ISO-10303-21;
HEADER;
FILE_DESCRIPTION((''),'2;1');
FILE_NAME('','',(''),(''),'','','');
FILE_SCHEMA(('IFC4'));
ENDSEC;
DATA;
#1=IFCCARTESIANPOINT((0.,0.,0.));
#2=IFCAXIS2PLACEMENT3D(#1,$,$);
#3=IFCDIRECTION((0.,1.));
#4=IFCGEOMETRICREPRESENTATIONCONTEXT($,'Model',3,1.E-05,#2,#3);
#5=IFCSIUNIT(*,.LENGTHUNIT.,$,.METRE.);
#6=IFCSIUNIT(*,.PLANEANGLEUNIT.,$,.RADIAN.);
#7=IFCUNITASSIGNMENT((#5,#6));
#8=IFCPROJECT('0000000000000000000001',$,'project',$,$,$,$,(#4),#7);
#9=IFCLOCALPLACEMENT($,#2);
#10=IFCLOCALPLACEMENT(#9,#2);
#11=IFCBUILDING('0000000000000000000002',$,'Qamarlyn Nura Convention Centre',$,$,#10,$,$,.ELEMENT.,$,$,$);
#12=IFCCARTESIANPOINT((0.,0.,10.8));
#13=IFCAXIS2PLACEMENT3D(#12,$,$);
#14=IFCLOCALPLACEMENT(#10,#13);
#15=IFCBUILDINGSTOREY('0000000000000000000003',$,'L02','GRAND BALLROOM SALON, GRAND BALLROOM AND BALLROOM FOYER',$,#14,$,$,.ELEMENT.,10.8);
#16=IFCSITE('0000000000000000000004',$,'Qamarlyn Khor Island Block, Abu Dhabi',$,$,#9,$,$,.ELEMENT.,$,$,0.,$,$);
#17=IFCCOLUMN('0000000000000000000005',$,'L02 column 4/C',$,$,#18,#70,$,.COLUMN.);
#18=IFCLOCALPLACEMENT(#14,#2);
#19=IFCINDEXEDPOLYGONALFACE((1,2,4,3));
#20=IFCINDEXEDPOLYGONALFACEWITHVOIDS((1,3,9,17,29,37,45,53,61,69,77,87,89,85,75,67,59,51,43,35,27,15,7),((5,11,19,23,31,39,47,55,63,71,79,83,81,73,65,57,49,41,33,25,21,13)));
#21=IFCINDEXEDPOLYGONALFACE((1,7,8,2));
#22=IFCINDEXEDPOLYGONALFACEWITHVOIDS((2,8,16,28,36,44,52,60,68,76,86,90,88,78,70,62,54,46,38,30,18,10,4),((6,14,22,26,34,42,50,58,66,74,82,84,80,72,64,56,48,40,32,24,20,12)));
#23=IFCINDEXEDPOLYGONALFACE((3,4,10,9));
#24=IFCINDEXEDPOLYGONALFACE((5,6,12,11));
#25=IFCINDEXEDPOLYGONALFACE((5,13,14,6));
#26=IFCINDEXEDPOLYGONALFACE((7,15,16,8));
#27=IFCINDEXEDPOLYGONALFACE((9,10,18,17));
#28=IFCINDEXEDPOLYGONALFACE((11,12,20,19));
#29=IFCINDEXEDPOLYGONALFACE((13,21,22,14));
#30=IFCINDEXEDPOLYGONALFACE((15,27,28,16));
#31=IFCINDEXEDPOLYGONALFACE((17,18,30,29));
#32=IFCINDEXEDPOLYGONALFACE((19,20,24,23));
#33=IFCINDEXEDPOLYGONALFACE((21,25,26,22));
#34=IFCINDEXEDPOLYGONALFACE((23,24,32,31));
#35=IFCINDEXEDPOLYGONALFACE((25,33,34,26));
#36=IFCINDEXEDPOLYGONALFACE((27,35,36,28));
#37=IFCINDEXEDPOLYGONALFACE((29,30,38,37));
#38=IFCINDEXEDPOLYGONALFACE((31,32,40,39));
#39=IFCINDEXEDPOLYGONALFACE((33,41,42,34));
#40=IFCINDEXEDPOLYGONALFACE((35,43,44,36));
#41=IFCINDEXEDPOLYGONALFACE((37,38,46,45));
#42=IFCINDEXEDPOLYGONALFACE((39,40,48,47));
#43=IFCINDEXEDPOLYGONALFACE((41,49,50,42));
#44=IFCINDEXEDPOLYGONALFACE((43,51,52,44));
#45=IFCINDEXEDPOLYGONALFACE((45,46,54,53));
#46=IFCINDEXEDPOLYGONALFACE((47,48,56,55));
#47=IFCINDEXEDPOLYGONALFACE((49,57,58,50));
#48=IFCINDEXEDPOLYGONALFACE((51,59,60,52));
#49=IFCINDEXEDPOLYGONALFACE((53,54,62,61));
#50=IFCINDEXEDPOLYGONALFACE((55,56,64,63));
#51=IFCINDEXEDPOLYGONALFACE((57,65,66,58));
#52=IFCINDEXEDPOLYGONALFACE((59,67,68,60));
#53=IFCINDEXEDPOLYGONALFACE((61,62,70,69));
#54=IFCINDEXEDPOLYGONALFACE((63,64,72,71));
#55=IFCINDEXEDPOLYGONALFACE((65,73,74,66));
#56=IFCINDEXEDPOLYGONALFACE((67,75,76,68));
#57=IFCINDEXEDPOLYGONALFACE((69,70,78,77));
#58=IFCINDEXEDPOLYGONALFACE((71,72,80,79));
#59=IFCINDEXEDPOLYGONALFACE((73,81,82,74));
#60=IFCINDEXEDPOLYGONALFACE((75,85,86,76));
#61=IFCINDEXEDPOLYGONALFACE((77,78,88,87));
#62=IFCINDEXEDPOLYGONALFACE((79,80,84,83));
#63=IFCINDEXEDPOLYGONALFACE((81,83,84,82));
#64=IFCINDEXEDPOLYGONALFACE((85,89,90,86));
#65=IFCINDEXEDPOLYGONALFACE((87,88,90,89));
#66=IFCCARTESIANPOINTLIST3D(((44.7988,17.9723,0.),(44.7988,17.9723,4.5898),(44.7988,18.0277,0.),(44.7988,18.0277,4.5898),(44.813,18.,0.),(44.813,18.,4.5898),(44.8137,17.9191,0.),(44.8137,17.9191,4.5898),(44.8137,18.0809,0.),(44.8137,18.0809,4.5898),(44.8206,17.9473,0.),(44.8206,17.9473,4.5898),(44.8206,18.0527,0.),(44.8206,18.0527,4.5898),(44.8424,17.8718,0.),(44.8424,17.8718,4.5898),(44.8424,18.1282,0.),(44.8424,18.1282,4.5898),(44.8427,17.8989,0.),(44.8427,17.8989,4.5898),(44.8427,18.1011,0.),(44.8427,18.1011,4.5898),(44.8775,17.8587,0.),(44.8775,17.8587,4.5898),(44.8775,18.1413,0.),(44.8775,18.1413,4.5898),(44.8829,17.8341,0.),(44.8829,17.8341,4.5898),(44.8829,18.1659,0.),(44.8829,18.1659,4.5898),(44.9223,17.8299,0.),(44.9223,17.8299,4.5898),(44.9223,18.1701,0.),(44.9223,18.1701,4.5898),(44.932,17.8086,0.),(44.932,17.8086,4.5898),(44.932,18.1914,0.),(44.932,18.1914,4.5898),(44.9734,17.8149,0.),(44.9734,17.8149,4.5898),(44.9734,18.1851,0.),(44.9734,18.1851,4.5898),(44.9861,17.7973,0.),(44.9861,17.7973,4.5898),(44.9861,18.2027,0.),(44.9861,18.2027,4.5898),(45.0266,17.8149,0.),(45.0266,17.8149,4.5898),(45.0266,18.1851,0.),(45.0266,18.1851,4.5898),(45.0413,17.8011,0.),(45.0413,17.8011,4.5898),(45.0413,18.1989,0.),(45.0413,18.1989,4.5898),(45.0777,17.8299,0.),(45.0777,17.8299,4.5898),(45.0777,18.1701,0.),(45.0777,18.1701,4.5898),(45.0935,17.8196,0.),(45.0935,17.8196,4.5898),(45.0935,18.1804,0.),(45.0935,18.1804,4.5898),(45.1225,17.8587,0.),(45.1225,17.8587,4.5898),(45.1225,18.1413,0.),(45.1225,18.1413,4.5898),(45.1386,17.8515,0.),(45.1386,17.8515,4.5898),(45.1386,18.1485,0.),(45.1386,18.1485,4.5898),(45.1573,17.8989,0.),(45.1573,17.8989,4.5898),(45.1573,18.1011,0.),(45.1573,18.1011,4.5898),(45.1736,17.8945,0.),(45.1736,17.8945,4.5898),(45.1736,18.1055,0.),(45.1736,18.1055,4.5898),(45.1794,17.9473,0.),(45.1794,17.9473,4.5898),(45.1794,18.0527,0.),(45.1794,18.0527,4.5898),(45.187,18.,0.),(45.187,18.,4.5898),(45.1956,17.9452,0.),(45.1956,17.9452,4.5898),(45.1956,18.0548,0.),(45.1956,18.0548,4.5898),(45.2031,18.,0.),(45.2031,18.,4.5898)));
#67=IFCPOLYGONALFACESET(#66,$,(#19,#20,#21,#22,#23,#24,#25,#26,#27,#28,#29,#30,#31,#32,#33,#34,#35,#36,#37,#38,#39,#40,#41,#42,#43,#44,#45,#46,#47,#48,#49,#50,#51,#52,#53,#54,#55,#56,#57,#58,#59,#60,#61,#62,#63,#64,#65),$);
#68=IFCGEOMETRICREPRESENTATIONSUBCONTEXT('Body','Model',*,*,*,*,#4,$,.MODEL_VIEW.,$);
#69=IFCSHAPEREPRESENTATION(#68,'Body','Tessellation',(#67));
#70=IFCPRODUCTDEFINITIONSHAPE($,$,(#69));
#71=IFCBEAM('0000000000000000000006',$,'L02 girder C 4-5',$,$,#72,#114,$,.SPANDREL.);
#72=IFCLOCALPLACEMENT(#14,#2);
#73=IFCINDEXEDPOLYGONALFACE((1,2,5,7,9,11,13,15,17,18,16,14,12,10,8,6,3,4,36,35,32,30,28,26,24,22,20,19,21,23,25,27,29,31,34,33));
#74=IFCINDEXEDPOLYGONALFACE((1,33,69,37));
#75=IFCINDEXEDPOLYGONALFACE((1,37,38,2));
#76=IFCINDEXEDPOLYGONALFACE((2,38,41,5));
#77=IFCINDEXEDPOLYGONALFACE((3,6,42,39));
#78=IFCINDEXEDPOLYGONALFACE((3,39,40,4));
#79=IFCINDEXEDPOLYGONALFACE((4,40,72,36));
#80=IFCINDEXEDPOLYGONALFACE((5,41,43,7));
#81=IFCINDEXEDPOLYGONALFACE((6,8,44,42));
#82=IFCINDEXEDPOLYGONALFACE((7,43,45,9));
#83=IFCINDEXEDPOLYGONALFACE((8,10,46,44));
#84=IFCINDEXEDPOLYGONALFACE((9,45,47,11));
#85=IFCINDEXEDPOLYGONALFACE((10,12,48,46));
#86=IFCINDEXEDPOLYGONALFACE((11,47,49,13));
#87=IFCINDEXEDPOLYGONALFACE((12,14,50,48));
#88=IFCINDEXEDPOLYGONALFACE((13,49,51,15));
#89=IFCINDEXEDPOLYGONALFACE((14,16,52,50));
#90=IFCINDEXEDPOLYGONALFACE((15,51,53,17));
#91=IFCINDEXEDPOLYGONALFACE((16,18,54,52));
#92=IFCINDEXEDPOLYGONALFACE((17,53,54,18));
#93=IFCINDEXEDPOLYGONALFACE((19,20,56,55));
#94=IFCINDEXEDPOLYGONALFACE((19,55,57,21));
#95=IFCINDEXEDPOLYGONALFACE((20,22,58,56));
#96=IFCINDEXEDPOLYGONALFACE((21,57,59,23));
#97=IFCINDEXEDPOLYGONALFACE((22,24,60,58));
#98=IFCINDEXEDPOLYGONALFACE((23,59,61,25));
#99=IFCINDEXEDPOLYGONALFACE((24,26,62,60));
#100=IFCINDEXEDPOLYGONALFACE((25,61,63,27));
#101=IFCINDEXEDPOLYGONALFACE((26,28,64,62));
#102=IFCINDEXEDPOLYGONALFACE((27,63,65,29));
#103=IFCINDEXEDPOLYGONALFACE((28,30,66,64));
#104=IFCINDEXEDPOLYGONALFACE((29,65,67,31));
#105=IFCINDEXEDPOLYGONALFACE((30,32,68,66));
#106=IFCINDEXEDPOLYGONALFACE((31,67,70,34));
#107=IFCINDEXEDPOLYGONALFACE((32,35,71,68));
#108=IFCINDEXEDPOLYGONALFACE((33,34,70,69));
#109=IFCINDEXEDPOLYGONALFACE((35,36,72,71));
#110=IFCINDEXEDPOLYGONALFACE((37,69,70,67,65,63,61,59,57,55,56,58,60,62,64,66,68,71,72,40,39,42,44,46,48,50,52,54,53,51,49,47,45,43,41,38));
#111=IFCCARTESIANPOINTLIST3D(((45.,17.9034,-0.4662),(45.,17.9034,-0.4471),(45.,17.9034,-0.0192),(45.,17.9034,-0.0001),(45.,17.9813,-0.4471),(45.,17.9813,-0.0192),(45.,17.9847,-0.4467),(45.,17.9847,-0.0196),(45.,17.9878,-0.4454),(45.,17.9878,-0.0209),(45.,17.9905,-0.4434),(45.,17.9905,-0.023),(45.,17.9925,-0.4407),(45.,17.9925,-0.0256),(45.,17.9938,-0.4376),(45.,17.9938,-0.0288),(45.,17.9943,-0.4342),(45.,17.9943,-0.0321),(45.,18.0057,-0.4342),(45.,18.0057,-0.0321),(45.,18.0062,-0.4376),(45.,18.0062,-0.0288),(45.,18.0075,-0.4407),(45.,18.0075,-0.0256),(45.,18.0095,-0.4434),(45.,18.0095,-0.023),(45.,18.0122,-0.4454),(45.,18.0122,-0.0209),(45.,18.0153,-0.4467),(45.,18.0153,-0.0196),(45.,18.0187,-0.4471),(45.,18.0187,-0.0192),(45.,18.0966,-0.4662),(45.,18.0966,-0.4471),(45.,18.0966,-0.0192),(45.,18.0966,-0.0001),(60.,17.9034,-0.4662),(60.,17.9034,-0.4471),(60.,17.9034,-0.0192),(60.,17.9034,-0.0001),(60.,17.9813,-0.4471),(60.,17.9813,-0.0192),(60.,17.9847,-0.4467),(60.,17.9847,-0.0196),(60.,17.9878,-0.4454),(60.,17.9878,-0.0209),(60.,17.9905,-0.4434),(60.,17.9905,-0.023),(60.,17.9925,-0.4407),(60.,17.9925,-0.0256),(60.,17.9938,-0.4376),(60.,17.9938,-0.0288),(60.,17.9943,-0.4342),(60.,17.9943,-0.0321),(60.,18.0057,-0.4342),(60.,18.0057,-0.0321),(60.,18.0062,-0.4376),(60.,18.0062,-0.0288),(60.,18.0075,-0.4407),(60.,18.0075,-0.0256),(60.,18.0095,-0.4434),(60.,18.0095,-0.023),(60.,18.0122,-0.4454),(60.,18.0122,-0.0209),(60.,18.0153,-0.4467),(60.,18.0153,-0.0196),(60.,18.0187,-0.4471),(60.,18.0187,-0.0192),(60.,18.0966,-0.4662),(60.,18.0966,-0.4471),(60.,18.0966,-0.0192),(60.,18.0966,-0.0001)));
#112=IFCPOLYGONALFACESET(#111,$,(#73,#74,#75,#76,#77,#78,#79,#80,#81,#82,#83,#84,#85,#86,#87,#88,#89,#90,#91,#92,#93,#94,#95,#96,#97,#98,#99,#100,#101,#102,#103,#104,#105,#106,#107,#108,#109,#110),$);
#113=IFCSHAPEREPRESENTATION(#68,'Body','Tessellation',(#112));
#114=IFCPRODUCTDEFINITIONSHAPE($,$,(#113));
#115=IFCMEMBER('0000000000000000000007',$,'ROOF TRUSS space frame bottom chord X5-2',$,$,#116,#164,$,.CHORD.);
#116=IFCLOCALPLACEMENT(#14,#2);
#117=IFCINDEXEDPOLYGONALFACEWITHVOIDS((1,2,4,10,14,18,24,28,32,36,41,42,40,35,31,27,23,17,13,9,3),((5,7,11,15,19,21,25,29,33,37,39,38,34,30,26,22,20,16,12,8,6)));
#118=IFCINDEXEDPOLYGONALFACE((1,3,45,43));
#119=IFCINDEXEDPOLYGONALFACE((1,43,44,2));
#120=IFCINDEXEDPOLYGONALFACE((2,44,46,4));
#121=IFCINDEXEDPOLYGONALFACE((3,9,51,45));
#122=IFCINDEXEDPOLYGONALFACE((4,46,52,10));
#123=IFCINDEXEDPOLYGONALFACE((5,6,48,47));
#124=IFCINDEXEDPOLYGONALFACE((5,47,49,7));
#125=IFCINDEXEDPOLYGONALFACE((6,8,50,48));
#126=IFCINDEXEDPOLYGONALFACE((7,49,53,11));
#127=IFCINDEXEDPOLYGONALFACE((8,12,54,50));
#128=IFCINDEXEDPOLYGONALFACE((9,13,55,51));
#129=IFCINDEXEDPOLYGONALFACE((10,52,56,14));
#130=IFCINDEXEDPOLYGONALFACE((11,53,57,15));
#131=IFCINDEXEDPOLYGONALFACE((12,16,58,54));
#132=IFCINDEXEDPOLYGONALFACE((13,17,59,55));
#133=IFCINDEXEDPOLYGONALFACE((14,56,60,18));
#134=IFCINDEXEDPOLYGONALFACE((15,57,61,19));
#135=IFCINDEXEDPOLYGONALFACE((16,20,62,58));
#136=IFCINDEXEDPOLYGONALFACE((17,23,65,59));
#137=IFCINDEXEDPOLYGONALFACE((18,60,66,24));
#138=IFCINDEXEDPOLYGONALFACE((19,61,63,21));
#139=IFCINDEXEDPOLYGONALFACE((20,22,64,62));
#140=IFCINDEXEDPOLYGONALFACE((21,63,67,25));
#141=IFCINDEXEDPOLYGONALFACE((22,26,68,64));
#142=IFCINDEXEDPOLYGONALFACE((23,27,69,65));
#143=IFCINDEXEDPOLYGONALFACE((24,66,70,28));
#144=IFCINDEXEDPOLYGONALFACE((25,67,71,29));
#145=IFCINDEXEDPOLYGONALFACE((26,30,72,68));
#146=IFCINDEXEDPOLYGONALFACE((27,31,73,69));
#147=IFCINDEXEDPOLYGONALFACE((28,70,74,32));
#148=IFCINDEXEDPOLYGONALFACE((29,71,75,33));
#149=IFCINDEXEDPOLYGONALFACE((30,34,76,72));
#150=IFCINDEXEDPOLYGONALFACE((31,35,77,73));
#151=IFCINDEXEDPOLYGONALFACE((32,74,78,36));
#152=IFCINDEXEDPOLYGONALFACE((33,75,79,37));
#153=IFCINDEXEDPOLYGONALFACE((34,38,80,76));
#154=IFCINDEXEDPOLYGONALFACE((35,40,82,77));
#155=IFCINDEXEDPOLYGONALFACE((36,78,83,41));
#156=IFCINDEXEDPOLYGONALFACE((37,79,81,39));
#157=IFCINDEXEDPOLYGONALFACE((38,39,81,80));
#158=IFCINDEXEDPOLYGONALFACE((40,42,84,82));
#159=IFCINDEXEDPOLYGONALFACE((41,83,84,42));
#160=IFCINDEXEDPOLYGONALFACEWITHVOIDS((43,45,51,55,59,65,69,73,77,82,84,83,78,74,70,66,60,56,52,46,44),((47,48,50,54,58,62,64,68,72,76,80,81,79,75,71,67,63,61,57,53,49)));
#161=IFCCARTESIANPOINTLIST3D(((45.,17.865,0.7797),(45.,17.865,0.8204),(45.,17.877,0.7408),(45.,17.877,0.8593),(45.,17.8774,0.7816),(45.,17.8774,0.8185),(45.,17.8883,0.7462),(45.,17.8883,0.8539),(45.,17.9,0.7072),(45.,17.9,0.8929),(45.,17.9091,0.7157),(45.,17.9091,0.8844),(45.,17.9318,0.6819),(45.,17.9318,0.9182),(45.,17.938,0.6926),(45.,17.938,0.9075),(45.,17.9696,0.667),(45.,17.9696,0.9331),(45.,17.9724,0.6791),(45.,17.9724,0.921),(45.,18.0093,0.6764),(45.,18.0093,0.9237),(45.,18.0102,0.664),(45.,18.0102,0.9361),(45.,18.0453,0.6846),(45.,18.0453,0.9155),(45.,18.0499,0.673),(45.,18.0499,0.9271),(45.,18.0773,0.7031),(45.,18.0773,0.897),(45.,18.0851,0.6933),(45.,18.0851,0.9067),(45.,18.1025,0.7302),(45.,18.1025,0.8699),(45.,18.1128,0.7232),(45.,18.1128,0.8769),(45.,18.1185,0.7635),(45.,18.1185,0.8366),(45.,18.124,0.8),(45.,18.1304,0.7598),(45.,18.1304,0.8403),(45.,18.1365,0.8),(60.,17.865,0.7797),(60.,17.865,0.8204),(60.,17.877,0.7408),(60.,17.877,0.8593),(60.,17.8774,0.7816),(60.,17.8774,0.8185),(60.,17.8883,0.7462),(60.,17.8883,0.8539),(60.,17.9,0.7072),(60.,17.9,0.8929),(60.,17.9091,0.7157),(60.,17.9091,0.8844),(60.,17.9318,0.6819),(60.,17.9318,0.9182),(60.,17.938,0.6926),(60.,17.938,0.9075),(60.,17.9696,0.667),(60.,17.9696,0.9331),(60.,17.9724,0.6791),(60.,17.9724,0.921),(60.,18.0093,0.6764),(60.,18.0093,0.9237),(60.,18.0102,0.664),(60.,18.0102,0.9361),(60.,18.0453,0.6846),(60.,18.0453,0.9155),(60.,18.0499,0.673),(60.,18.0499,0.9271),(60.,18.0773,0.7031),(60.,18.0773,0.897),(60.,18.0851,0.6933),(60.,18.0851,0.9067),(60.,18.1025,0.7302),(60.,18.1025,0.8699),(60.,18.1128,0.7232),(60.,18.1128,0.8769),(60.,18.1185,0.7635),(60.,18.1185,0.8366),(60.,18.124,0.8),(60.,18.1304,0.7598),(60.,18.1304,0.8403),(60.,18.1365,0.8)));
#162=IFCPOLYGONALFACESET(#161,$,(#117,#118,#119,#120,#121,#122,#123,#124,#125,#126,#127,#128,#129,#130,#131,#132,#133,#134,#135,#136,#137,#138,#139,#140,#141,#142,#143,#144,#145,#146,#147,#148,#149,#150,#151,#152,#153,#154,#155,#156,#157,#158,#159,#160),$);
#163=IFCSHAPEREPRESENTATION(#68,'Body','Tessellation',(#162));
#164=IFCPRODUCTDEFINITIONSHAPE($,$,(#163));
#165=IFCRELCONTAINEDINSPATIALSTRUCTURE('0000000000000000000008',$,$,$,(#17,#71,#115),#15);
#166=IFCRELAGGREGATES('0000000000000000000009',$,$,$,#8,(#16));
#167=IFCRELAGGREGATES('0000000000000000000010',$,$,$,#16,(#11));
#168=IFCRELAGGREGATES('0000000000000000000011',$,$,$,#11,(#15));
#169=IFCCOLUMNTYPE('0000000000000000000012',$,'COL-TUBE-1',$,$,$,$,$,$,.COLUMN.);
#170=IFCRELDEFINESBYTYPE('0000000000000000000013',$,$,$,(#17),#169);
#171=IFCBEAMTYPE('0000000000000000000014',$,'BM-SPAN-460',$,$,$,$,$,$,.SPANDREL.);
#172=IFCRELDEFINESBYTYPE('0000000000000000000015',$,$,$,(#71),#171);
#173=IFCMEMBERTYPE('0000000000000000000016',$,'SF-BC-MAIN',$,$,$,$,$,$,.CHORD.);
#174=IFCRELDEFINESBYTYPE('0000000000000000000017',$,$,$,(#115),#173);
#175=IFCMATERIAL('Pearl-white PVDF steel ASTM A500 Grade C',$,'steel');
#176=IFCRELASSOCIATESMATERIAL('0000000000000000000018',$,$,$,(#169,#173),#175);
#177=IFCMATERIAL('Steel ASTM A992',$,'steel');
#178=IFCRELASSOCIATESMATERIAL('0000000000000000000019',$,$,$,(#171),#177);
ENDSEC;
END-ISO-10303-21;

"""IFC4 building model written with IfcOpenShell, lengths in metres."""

from ifc_helpers import new_model, si_unit, direction, frame, origin, origin_2d, place, context, subcontext, project, spatial, hollow_circle, i_section, extrude, material, material_profile, profile_set, type_object, element, save


model = new_model("IFC4")

# Units and contexts
model_context = context("Model", 3, precision=1e-05, world=origin(), true_north=direction((0.0, 1.0)))
body_context = subcontext(model_context, "Body", "Model", "MODEL_VIEW")
ifc_project = project(units=[si_unit("LENGTHUNIT", "METRE"), si_unit("PLANEANGLEUNIT", "RADIAN")], contexts=[model_context])

# Site, building, storey
site_placement = place(None, origin())
site = spatial("IfcSite", under=ifc_project, at=site_placement, Name="Qamarlyn Khor Island Block, Abu Dhabi", CompositionType="ELEMENT", RefElevation=0.0)
building_placement = place(site_placement, origin())
building = spatial("IfcBuilding", under=site, at=building_placement, Name="Qamarlyn Nura Convention Centre", CompositionType="ELEMENT")
storey_placement = place(building_placement, frame((0.0, 0.0, 10.8)))
storey = spatial("IfcBuildingStorey", under=building, at=storey_placement, Name="L02", Description="GRAND BALLROOM SALON, GRAND BALLROOM AND BALLROOM FOYER", CompositionType="ELEMENT", Elevation=10.8)

# Column
ifc_material_1 = material(Name="Pearl-white PVDF steel ASTM A500 Grade C", Category="steel")
ifc_material_profile_1 = material_profile(ifc_material_1, hollow_circle(Radius=0.2031, WallThickness=0.0161, at=origin_2d()), Name="CHS406.4X16")
ifc_profile_set_1 = profile_set([ifc_material_profile_1], Name="Pearl-white PVDF steel ASTM A500 Grade C")
column_type = type_object("IfcColumnType", Name="COL-TUBE-1", PredefinedType="COLUMN", material=ifc_profile_set_1)
column_placement = place(storey_placement, frame((45.0, 18.0, 0.0), z_axis=(0.0, 0.0, 1.0), x_axis=(1.0, 0.0, 0.0)))
element("IfcColumn", 1, at=column_placement, inside=storey, type_object=column_type, Name="L02 column 4/C", PredefinedType="COLUMN", context=body_context, shape_type="SweptSolid", body=[
    extrude(hollow_circle(Radius=0.2031, WallThickness=0.0161, at=origin_2d()), origin(), (0.0, 0.0, 1.0), 4.5898),
])

# Beam
ifc_material_2 = material(Name="Steel ASTM A992", Category="steel")
ifc_material_profile_2 = material_profile(ifc_material_2, i_section(OverallWidth=0.1931, OverallDepth=0.4661, WebThickness=0.0115, FlangeThickness=0.019, FilletRadius=0.0129, at=origin_2d()), Name="W460X97")
ifc_profile_set_2 = profile_set([ifc_material_profile_2], Name="Steel ASTM A992")
beam_type = type_object("IfcBeamType", Name="BM-SPAN-460", PredefinedType="SPANDREL", material=ifc_profile_set_2)
beam_placement = place(storey_placement, frame((45.0, 18.0, -0.2332), z_axis=(1.0, 0.0, 0.0), x_axis=(0.0, 1.0, 0.0)))
element("IfcBeam", 2, at=beam_placement, inside=storey, type_object=beam_type, Name="L02 girder C 4-5", PredefinedType="SPANDREL", context=body_context, shape_type="SweptSolid", body=[
    extrude(i_section(OverallWidth=0.1931, OverallDepth=0.4661, WebThickness=0.0115, FlangeThickness=0.019, FilletRadius=0.0129, at=origin_2d()), origin(), (0.0, 0.0, 1.0), 15.0),
])

# Member
ifc_material_profile_3 = material_profile(ifc_material_1, hollow_circle(Radius=0.1365, WallThickness=0.0125, at=origin_2d()), Name="CHS273X12.5")
ifc_profile_set_3 = profile_set([ifc_material_profile_3], Name="Pearl-white PVDF steel ASTM A500 Grade C")
member_type_1 = type_object("IfcMemberType", Name="SF-BC-MAIN", PredefinedType="CHORD", material=ifc_profile_set_3)
for number, where, z_axis, x_axis, name in (
    (3, (45.0, 18.0, 0.8), (1.0, 0.0, 0.0), (0.0, 1.0, 0.0), "ROOF TRUSS space frame bottom chord X5-2"),
):
    element("IfcMember", number, at=place(storey_placement, frame(where, z_axis=z_axis, x_axis=x_axis)), inside=storey, type_object=member_type_1, Name=name, PredefinedType="CHORD", context=body_context, shape_type="SweptSolid", body=[
        extrude(hollow_circle(Radius=0.1365, WallThickness=0.0125, at=origin_2d()), origin(), (0.0, 0.0, 1.0), 15.0),
    ])

save(model, "model.ifc")
